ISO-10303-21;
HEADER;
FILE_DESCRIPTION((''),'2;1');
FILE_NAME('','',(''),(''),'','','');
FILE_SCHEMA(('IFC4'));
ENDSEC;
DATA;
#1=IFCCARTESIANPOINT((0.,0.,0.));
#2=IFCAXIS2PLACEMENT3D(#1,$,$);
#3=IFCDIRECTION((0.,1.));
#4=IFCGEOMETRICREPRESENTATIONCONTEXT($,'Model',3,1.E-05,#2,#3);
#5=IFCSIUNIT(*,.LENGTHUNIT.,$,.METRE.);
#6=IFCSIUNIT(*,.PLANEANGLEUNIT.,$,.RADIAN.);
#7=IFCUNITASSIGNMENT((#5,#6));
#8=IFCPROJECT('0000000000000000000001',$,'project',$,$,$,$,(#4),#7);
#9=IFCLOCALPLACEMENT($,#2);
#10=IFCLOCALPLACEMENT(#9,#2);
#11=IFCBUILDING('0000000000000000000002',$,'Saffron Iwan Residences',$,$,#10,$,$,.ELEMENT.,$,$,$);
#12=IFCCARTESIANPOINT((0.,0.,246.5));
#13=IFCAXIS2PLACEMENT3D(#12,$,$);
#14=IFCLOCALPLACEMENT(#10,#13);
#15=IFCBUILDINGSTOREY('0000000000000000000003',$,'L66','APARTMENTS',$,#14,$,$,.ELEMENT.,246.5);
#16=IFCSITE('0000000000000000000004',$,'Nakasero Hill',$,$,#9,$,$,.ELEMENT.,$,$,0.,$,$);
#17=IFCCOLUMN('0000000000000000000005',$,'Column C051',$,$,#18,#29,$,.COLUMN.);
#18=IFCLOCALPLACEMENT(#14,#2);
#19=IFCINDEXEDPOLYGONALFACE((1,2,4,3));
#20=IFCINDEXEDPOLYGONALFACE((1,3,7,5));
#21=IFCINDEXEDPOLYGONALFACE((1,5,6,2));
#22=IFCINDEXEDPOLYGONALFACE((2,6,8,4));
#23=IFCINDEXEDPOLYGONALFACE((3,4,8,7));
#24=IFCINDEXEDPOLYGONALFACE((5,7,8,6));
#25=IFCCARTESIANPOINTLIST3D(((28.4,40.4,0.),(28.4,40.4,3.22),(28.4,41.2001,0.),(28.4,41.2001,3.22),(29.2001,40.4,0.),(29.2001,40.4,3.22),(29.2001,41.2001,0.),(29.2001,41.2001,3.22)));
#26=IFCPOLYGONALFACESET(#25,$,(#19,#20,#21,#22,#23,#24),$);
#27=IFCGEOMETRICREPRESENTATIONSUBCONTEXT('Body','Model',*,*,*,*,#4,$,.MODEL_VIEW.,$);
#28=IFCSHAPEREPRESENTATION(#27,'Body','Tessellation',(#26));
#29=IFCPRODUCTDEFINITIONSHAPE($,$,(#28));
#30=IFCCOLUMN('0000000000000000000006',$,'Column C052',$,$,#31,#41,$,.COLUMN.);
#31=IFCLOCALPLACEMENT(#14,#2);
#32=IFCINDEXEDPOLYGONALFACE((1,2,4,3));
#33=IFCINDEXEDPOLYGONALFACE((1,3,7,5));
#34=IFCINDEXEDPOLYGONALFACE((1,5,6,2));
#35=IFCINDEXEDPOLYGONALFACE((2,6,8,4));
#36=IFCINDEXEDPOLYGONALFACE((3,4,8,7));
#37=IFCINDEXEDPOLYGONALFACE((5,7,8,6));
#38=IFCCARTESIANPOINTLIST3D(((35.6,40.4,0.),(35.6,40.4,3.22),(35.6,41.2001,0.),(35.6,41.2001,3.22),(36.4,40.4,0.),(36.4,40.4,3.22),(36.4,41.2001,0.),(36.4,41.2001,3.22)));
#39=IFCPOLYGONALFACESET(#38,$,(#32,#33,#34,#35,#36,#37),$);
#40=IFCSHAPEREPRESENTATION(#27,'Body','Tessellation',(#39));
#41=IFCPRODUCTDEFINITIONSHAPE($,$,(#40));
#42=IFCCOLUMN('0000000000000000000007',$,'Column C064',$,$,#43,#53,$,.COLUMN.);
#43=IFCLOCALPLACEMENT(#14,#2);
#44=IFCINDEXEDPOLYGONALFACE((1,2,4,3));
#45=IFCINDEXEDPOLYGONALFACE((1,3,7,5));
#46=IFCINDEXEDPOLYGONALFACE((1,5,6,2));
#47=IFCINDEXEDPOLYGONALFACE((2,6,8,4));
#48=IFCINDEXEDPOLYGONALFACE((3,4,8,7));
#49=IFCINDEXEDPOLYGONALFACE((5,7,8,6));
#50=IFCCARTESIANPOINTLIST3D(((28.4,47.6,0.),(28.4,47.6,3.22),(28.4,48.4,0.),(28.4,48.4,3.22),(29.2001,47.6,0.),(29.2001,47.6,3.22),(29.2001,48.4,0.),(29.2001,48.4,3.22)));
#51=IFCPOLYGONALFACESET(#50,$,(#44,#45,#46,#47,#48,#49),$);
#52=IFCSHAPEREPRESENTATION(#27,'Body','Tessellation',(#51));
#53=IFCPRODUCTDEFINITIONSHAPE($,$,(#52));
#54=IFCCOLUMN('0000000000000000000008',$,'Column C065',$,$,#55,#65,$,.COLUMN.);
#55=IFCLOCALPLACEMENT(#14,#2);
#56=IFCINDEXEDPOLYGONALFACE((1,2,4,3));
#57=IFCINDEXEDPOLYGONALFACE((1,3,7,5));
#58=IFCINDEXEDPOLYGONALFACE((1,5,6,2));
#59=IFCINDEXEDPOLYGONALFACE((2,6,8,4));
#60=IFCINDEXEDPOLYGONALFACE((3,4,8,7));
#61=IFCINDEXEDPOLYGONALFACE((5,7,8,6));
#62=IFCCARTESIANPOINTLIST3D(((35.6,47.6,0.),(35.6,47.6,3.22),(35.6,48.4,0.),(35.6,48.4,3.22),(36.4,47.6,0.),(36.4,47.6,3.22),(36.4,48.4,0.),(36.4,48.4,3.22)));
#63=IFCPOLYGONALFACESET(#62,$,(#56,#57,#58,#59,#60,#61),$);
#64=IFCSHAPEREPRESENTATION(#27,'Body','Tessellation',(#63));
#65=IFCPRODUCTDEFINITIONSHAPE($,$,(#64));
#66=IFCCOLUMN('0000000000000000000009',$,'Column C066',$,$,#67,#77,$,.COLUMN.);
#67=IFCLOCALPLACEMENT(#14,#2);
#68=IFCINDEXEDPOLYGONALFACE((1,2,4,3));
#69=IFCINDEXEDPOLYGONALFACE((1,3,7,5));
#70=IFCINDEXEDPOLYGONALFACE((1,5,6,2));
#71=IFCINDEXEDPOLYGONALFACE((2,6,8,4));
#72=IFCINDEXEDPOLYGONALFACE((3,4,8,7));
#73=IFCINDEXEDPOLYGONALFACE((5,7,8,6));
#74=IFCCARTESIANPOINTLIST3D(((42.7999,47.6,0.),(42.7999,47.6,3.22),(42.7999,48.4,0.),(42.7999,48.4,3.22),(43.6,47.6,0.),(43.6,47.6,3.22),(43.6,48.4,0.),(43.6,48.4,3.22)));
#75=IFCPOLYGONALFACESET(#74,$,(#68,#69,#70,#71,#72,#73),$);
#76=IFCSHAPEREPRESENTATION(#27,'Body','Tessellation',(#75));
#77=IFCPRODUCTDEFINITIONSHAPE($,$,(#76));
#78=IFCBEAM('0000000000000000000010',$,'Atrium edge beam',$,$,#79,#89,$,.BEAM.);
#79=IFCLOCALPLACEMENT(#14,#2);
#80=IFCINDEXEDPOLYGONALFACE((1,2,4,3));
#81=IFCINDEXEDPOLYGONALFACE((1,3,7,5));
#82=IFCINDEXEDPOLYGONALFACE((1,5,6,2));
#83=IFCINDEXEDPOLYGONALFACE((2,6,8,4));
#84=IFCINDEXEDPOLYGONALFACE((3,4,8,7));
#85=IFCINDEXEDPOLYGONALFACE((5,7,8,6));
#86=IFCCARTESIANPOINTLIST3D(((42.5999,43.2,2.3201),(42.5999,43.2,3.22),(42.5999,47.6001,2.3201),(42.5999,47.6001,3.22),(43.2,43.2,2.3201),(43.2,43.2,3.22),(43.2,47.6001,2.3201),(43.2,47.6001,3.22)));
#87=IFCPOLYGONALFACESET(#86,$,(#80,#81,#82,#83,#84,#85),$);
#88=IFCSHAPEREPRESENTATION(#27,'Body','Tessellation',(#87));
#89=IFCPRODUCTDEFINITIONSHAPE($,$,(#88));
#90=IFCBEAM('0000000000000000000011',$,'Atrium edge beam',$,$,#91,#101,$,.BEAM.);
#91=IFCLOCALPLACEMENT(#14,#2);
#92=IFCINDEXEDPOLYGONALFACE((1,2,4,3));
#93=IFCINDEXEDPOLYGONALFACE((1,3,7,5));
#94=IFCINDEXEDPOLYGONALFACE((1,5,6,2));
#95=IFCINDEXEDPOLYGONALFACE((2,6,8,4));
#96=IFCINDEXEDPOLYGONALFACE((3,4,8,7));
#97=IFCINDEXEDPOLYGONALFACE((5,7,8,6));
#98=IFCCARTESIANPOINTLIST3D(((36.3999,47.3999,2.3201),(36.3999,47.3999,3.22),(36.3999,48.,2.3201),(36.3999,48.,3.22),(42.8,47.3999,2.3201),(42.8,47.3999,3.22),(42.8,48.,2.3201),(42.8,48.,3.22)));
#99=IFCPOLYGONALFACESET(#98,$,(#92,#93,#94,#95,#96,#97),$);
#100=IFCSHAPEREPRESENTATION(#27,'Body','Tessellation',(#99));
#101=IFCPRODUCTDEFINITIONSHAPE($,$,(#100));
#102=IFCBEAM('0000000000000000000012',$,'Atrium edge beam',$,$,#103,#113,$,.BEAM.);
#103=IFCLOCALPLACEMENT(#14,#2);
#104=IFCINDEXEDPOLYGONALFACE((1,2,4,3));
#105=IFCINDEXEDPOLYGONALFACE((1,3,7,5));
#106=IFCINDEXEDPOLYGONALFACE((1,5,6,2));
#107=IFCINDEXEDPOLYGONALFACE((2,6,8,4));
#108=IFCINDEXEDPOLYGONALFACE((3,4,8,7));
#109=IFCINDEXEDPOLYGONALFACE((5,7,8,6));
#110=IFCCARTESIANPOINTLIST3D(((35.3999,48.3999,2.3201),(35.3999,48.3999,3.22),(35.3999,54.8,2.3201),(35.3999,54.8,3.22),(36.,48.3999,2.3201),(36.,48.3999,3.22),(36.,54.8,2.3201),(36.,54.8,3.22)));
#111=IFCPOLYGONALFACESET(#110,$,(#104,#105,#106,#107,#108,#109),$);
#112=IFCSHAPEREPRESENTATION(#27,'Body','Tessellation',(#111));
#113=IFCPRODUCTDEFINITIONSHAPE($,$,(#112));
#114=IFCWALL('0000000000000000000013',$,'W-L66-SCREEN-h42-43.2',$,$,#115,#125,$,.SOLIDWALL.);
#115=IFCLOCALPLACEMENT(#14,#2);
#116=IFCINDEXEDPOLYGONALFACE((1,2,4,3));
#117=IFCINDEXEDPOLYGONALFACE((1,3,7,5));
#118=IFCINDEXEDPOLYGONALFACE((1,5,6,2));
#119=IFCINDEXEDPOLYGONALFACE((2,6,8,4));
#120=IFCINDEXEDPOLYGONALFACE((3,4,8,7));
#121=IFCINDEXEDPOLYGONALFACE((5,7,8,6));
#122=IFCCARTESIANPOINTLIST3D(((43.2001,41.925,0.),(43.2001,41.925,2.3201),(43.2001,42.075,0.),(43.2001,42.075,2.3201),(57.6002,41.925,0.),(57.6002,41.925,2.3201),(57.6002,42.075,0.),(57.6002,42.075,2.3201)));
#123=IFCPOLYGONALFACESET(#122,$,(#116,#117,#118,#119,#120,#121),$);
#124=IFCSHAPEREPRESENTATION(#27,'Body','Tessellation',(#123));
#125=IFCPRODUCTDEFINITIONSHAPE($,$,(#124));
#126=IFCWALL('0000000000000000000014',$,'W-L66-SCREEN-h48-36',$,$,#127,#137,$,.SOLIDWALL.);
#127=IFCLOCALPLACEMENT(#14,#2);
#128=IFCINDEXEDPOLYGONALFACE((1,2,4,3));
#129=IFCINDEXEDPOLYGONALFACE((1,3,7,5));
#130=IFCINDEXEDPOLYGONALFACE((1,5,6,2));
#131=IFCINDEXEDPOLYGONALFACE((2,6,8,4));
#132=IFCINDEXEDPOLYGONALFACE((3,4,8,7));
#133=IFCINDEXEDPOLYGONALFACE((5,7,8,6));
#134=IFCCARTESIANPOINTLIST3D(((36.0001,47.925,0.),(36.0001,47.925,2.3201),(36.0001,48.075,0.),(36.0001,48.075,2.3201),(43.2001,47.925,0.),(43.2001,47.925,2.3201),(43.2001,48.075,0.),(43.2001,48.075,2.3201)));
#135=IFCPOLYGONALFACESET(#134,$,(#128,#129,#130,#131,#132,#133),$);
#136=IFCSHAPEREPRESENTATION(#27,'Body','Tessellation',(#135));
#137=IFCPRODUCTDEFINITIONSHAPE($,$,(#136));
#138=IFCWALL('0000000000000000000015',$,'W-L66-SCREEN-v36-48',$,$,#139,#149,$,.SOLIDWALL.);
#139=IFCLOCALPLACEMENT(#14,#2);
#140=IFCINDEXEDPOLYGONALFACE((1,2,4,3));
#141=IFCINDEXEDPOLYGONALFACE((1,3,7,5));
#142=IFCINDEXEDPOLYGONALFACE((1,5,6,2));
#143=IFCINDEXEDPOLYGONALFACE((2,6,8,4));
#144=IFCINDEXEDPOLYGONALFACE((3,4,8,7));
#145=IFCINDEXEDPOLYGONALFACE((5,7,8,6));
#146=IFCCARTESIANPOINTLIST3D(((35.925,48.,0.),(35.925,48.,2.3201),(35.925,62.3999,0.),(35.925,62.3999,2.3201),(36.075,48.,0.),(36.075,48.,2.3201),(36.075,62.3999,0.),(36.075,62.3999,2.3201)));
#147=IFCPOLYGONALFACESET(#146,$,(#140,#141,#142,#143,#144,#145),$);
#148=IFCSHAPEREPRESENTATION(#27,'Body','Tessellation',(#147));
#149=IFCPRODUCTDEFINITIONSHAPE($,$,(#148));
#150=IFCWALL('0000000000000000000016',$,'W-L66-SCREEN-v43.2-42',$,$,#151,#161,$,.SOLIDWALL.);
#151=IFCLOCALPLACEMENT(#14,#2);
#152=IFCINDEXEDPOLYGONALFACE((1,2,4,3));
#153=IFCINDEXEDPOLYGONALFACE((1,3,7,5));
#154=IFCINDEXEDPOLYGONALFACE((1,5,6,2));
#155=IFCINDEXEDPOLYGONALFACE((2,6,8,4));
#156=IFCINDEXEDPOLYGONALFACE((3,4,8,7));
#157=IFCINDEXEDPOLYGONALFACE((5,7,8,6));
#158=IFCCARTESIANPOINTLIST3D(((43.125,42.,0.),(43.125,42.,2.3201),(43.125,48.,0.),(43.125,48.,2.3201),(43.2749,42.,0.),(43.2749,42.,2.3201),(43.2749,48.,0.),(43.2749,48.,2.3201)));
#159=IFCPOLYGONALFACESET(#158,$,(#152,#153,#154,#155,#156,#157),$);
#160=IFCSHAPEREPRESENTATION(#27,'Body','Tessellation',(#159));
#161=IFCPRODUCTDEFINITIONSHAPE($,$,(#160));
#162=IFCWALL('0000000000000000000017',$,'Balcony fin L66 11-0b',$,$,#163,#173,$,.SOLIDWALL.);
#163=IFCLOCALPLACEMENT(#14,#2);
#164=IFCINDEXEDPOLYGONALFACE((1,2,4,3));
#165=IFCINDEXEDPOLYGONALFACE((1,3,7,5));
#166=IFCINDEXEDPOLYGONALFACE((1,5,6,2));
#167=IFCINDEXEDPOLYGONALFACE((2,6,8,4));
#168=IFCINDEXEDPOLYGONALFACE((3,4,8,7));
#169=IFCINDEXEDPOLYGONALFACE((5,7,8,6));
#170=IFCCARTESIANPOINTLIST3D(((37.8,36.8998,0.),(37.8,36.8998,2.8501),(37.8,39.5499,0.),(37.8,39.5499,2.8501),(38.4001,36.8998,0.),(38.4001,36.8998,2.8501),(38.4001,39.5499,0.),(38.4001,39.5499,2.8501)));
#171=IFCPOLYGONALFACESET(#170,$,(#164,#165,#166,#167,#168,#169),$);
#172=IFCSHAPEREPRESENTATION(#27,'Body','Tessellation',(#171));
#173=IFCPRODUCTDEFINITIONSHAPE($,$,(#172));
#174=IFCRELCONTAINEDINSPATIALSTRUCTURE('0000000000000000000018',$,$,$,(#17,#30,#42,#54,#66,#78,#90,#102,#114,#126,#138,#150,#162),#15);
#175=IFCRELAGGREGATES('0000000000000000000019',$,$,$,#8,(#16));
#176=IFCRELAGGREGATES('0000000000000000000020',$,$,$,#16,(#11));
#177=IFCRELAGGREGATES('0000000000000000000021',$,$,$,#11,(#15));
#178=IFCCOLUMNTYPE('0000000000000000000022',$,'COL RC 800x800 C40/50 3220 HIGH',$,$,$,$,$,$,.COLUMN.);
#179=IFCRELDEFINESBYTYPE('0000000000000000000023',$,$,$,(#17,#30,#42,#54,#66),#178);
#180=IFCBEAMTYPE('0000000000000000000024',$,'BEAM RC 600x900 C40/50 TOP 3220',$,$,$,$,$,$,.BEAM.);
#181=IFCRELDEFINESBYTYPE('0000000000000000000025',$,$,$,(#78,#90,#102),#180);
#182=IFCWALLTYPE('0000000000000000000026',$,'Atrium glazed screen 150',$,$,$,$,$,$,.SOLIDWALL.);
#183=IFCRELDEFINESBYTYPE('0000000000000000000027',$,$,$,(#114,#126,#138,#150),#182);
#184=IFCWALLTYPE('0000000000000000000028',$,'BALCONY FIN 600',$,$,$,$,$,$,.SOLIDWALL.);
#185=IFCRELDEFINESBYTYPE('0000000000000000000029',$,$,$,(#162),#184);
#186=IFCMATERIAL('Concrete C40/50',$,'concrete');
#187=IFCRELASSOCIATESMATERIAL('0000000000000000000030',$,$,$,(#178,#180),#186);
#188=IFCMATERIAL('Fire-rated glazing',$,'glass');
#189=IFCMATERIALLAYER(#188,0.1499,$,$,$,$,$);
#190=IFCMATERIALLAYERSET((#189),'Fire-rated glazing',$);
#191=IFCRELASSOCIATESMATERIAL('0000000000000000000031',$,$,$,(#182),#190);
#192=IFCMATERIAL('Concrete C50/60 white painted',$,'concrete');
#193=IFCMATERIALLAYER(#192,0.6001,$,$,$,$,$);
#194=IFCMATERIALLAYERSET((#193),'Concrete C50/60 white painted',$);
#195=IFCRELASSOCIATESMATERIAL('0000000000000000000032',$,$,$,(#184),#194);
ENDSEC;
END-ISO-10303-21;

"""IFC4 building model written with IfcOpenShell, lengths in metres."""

from ifc_helpers import new_model, si_unit, direction, frame, frame_2d, origin, origin_2d, place, context, subcontext, project, spatial, rectangle, extrude, source, transform, mapped, material, layer, layer_set, material_profile, profile_set, type_object, element, save


model = new_model("IFC4")

# Units and contexts
model_context = context("Model", 3, precision=1e-05, world=origin(), true_north=direction((0.0, 1.0)))
body_context = subcontext(model_context, "Body", "Model", "MODEL_VIEW")
ifc_project = project(units=[si_unit("LENGTHUNIT", "METRE"), si_unit("PLANEANGLEUNIT", "RADIAN")], contexts=[model_context])

# Site, building, storey
site_placement = place(None, origin())
site = spatial("IfcSite", under=ifc_project, at=site_placement, Name="Nakasero Hill", CompositionType="ELEMENT", RefElevation=0.0)
building_placement = place(site_placement, origin())
building = spatial("IfcBuilding", under=site, at=building_placement, Name="Saffron Iwan Residences", CompositionType="ELEMENT")
storey_placement = place(building_placement, frame((0.0, 0.0, 246.5)))
storey = spatial("IfcBuildingStorey", under=building, at=storey_placement, Name="L66", Description="APARTMENTS", CompositionType="ELEMENT", Elevation=246.5)

# Columns
ifc_material_1 = material(Name="Concrete C40/50", Category="concrete")
ifc_material_profile_1 = material_profile(ifc_material_1, rectangle(XDim=0.8, YDim=0.8, at=origin_2d()), Name="RC 800x800")
ifc_profile_set_1 = profile_set([ifc_material_profile_1], Name="Concrete C40/50")
column_type = type_object("IfcColumnType", Name="COL RC 800x800 C40/50 3220 HIGH", PredefinedType="COLUMN", material=ifc_profile_set_1)
shared_shape_1 = source(origin(), body_context, "Body", "SweptSolid", [
    extrude(rectangle(XDim=0.8, YDim=0.8, at=origin_2d()), origin(), (0.0, 0.0, 1.0), 3.22),
])
for number, where, z_axis, x_axis, name in (
    (1, (28.8, 40.8, 0.0), (0.0, 0.0, 1.0), (1.0, 0.0, 0.0), "Column C051"),
    (2, (36.0, 40.8, 0.0), (0.0, 0.0, 1.0), (1.0, 0.0, 0.0), "Column C052"),
    (3, (28.8, 48.0, 0.0), (0.0, 0.0, 1.0), (1.0, 0.0, 0.0), "Column C064"),
    (4, (36.0, 48.0, 0.0), (0.0, 0.0, 1.0), (1.0, 0.0, 0.0), "Column C065"),
    (5, (43.2, 48.0, 0.0), (0.0, 0.0, 1.0), (1.0, 0.0, 0.0), "Column C066"),
):
    element("IfcColumn", number, at=place(storey_placement, frame(where, z_axis=z_axis, x_axis=x_axis)), inside=storey, type_object=column_type, Name=name, PredefinedType="COLUMN", context=body_context, shape_type="MappedRepresentation", body=[
        mapped(shared_shape_1, transform((0.0, 0.0, 0.0))),
    ])

# Beams
ifc_material_profile_2 = material_profile(ifc_material_1, rectangle(XDim=0.6001, YDim=0.8999, at=origin_2d()), Name="RC 600x900")
ifc_profile_set_2 = profile_set([ifc_material_profile_2], Name="Concrete C40/50")
beam_type = type_object("IfcBeamType", Name="BEAM RC 600x900 C40/50 TOP 3220", PredefinedType="BEAM", material=ifc_profile_set_2)
shared_shape_2 = source(origin(), body_context, "Body", "SweptSolid", [
    extrude(rectangle(XDim=0.6001, YDim=0.8999, at=origin_2d()), origin(), (0.0, 0.0, 1.0), 4.4001),
])
beam_placement = place(storey_placement, frame((42.8999, 43.2, 2.77), z_axis=(0.0, 1.0, 0.0), x_axis=(-1.0, 0.0, 0.0)))
element("IfcBeam", 6, at=beam_placement, inside=storey, type_object=beam_type, Name="Atrium edge beam", PredefinedType="BEAM", context=body_context, shape_type="MappedRepresentation", body=[
    mapped(shared_shape_2, transform((0.0, 0.0, 0.0))),
])
shared_shape_3 = source(origin(), body_context, "Body", "SweptSolid", [
    extrude(rectangle(XDim=0.6001, YDim=0.8999, at=origin_2d()), origin(), (0.0, 0.0, 1.0), 6.4001),
])
for number, where, z_axis, x_axis, name in (
    (7, (42.8, 47.7, 2.77), (-1.0, 0.0, 0.0), (0.0, -1.0, 0.0), "Atrium edge beam"),
    (8, (35.7, 48.3999, 2.77), (0.0, 1.0, 0.0), (-1.0, 0.0, 0.0), "Atrium edge beam"),
):
    element("IfcBeam", number, at=place(storey_placement, frame(where, z_axis=z_axis, x_axis=x_axis)), inside=storey, type_object=beam_type, Name=name, PredefinedType="BEAM", context=body_context, shape_type="MappedRepresentation", body=[
        mapped(shared_shape_3, transform((0.0, 0.0, 0.0))),
    ])

# Walls
ifc_material_2 = material(Name="Fire-rated glazing", Category="glass")
ifc_layer_1 = layer(ifc_material_2, 0.1499)
ifc_layer_set_1 = layer_set([ifc_layer_1], Name="Fire-rated glazing")
wall_type_1 = type_object("IfcWallType", Name="Atrium glazed screen 150", PredefinedType="SOLIDWALL", material=ifc_layer_set_1)
wall_1_placement = place(storey_placement, frame((43.2, 42.0, 0.0), z_axis=(0.0, 0.0, 1.0), x_axis=(1.0, 0.0, 0.0)))
element("IfcWall", 9, at=wall_1_placement, inside=storey, type_object=wall_type_1, Name="W-L66-SCREEN-h42-43.2", PredefinedType="SOLIDWALL", context=body_context, shape_type="SweptSolid", body=[
    extrude(rectangle(XDim=14.4001, YDim=0.1499, at=frame_2d((7.2002, 0.0))), origin(), (0.0, 0.0, 1.0), 2.3201),
])
wall_2_placement = place(storey_placement, frame((36.0, 48.0, 0.0), z_axis=(0.0, 0.0, 1.0), x_axis=(1.0, 0.0, 0.0)))
element("IfcWall", 10, at=wall_2_placement, inside=storey, type_object=wall_type_1, Name="W-L66-SCREEN-h48-36", PredefinedType="SOLIDWALL", context=body_context, shape_type="SweptSolid", body=[
    extrude(rectangle(XDim=7.2, YDim=0.1499, at=frame_2d((3.6001, 0.0))), origin(), (0.0, 0.0, 1.0), 2.3201),
])
wall_3_placement = place(storey_placement, frame((36.0, 48.0, 0.0), z_axis=(0.0, 0.0, 1.0), x_axis=(0.0, 1.0, 0.0)))
element("IfcWall", 11, at=wall_3_placement, inside=storey, type_object=wall_type_1, Name="W-L66-SCREEN-v36-48", PredefinedType="SOLIDWALL", context=body_context, shape_type="SweptSolid", body=[
    extrude(rectangle(XDim=14.3999, YDim=0.1499, at=frame_2d((7.2, 0.0))), origin(), (0.0, 0.0, 1.0), 2.3201),
])
wall_4_placement = place(storey_placement, frame((43.2, 42.0, 0.0), z_axis=(0.0, 0.0, 1.0), x_axis=(0.0, 1.0, 0.0)))
element("IfcWall", 12, at=wall_4_placement, inside=storey, type_object=wall_type_1, Name="W-L66-SCREEN-v43.2-42", PredefinedType="SOLIDWALL", context=body_context, shape_type="SweptSolid", body=[
    extrude(rectangle(XDim=6.0, YDim=0.1499, at=frame_2d((3.0, 0.0))), origin(), (0.0, 0.0, 1.0), 2.3201),
])
ifc_material_3 = material(Name="Concrete C50/60 white painted", Category="concrete")
ifc_layer_2 = layer(ifc_material_3, 0.6001)
ifc_layer_set_2 = layer_set([ifc_layer_2], Name="Concrete C50/60 white painted")
wall_type_2 = type_object("IfcWallType", Name="BALCONY FIN 600", PredefinedType="SOLIDWALL", material=ifc_layer_set_2)
wall_5_placement = place(storey_placement, frame((38.1001, 39.55, 0.0), z_axis=(0.0, 0.0, 1.0), x_axis=(0.0, -1.0, 0.0)))
element("IfcWall", 13, at=wall_5_placement, inside=storey, type_object=wall_type_2, Name="Balcony fin L66 11-0b", PredefinedType="SOLIDWALL", context=body_context, shape_type="SweptSolid", body=[
    extrude(rectangle(XDim=2.6501, YDim=0.6001, at=frame_2d((1.3252, 0.0))), origin(), (0.0, 0.0, 1.0), 2.8501),
])

save(model, "model.ifc")
